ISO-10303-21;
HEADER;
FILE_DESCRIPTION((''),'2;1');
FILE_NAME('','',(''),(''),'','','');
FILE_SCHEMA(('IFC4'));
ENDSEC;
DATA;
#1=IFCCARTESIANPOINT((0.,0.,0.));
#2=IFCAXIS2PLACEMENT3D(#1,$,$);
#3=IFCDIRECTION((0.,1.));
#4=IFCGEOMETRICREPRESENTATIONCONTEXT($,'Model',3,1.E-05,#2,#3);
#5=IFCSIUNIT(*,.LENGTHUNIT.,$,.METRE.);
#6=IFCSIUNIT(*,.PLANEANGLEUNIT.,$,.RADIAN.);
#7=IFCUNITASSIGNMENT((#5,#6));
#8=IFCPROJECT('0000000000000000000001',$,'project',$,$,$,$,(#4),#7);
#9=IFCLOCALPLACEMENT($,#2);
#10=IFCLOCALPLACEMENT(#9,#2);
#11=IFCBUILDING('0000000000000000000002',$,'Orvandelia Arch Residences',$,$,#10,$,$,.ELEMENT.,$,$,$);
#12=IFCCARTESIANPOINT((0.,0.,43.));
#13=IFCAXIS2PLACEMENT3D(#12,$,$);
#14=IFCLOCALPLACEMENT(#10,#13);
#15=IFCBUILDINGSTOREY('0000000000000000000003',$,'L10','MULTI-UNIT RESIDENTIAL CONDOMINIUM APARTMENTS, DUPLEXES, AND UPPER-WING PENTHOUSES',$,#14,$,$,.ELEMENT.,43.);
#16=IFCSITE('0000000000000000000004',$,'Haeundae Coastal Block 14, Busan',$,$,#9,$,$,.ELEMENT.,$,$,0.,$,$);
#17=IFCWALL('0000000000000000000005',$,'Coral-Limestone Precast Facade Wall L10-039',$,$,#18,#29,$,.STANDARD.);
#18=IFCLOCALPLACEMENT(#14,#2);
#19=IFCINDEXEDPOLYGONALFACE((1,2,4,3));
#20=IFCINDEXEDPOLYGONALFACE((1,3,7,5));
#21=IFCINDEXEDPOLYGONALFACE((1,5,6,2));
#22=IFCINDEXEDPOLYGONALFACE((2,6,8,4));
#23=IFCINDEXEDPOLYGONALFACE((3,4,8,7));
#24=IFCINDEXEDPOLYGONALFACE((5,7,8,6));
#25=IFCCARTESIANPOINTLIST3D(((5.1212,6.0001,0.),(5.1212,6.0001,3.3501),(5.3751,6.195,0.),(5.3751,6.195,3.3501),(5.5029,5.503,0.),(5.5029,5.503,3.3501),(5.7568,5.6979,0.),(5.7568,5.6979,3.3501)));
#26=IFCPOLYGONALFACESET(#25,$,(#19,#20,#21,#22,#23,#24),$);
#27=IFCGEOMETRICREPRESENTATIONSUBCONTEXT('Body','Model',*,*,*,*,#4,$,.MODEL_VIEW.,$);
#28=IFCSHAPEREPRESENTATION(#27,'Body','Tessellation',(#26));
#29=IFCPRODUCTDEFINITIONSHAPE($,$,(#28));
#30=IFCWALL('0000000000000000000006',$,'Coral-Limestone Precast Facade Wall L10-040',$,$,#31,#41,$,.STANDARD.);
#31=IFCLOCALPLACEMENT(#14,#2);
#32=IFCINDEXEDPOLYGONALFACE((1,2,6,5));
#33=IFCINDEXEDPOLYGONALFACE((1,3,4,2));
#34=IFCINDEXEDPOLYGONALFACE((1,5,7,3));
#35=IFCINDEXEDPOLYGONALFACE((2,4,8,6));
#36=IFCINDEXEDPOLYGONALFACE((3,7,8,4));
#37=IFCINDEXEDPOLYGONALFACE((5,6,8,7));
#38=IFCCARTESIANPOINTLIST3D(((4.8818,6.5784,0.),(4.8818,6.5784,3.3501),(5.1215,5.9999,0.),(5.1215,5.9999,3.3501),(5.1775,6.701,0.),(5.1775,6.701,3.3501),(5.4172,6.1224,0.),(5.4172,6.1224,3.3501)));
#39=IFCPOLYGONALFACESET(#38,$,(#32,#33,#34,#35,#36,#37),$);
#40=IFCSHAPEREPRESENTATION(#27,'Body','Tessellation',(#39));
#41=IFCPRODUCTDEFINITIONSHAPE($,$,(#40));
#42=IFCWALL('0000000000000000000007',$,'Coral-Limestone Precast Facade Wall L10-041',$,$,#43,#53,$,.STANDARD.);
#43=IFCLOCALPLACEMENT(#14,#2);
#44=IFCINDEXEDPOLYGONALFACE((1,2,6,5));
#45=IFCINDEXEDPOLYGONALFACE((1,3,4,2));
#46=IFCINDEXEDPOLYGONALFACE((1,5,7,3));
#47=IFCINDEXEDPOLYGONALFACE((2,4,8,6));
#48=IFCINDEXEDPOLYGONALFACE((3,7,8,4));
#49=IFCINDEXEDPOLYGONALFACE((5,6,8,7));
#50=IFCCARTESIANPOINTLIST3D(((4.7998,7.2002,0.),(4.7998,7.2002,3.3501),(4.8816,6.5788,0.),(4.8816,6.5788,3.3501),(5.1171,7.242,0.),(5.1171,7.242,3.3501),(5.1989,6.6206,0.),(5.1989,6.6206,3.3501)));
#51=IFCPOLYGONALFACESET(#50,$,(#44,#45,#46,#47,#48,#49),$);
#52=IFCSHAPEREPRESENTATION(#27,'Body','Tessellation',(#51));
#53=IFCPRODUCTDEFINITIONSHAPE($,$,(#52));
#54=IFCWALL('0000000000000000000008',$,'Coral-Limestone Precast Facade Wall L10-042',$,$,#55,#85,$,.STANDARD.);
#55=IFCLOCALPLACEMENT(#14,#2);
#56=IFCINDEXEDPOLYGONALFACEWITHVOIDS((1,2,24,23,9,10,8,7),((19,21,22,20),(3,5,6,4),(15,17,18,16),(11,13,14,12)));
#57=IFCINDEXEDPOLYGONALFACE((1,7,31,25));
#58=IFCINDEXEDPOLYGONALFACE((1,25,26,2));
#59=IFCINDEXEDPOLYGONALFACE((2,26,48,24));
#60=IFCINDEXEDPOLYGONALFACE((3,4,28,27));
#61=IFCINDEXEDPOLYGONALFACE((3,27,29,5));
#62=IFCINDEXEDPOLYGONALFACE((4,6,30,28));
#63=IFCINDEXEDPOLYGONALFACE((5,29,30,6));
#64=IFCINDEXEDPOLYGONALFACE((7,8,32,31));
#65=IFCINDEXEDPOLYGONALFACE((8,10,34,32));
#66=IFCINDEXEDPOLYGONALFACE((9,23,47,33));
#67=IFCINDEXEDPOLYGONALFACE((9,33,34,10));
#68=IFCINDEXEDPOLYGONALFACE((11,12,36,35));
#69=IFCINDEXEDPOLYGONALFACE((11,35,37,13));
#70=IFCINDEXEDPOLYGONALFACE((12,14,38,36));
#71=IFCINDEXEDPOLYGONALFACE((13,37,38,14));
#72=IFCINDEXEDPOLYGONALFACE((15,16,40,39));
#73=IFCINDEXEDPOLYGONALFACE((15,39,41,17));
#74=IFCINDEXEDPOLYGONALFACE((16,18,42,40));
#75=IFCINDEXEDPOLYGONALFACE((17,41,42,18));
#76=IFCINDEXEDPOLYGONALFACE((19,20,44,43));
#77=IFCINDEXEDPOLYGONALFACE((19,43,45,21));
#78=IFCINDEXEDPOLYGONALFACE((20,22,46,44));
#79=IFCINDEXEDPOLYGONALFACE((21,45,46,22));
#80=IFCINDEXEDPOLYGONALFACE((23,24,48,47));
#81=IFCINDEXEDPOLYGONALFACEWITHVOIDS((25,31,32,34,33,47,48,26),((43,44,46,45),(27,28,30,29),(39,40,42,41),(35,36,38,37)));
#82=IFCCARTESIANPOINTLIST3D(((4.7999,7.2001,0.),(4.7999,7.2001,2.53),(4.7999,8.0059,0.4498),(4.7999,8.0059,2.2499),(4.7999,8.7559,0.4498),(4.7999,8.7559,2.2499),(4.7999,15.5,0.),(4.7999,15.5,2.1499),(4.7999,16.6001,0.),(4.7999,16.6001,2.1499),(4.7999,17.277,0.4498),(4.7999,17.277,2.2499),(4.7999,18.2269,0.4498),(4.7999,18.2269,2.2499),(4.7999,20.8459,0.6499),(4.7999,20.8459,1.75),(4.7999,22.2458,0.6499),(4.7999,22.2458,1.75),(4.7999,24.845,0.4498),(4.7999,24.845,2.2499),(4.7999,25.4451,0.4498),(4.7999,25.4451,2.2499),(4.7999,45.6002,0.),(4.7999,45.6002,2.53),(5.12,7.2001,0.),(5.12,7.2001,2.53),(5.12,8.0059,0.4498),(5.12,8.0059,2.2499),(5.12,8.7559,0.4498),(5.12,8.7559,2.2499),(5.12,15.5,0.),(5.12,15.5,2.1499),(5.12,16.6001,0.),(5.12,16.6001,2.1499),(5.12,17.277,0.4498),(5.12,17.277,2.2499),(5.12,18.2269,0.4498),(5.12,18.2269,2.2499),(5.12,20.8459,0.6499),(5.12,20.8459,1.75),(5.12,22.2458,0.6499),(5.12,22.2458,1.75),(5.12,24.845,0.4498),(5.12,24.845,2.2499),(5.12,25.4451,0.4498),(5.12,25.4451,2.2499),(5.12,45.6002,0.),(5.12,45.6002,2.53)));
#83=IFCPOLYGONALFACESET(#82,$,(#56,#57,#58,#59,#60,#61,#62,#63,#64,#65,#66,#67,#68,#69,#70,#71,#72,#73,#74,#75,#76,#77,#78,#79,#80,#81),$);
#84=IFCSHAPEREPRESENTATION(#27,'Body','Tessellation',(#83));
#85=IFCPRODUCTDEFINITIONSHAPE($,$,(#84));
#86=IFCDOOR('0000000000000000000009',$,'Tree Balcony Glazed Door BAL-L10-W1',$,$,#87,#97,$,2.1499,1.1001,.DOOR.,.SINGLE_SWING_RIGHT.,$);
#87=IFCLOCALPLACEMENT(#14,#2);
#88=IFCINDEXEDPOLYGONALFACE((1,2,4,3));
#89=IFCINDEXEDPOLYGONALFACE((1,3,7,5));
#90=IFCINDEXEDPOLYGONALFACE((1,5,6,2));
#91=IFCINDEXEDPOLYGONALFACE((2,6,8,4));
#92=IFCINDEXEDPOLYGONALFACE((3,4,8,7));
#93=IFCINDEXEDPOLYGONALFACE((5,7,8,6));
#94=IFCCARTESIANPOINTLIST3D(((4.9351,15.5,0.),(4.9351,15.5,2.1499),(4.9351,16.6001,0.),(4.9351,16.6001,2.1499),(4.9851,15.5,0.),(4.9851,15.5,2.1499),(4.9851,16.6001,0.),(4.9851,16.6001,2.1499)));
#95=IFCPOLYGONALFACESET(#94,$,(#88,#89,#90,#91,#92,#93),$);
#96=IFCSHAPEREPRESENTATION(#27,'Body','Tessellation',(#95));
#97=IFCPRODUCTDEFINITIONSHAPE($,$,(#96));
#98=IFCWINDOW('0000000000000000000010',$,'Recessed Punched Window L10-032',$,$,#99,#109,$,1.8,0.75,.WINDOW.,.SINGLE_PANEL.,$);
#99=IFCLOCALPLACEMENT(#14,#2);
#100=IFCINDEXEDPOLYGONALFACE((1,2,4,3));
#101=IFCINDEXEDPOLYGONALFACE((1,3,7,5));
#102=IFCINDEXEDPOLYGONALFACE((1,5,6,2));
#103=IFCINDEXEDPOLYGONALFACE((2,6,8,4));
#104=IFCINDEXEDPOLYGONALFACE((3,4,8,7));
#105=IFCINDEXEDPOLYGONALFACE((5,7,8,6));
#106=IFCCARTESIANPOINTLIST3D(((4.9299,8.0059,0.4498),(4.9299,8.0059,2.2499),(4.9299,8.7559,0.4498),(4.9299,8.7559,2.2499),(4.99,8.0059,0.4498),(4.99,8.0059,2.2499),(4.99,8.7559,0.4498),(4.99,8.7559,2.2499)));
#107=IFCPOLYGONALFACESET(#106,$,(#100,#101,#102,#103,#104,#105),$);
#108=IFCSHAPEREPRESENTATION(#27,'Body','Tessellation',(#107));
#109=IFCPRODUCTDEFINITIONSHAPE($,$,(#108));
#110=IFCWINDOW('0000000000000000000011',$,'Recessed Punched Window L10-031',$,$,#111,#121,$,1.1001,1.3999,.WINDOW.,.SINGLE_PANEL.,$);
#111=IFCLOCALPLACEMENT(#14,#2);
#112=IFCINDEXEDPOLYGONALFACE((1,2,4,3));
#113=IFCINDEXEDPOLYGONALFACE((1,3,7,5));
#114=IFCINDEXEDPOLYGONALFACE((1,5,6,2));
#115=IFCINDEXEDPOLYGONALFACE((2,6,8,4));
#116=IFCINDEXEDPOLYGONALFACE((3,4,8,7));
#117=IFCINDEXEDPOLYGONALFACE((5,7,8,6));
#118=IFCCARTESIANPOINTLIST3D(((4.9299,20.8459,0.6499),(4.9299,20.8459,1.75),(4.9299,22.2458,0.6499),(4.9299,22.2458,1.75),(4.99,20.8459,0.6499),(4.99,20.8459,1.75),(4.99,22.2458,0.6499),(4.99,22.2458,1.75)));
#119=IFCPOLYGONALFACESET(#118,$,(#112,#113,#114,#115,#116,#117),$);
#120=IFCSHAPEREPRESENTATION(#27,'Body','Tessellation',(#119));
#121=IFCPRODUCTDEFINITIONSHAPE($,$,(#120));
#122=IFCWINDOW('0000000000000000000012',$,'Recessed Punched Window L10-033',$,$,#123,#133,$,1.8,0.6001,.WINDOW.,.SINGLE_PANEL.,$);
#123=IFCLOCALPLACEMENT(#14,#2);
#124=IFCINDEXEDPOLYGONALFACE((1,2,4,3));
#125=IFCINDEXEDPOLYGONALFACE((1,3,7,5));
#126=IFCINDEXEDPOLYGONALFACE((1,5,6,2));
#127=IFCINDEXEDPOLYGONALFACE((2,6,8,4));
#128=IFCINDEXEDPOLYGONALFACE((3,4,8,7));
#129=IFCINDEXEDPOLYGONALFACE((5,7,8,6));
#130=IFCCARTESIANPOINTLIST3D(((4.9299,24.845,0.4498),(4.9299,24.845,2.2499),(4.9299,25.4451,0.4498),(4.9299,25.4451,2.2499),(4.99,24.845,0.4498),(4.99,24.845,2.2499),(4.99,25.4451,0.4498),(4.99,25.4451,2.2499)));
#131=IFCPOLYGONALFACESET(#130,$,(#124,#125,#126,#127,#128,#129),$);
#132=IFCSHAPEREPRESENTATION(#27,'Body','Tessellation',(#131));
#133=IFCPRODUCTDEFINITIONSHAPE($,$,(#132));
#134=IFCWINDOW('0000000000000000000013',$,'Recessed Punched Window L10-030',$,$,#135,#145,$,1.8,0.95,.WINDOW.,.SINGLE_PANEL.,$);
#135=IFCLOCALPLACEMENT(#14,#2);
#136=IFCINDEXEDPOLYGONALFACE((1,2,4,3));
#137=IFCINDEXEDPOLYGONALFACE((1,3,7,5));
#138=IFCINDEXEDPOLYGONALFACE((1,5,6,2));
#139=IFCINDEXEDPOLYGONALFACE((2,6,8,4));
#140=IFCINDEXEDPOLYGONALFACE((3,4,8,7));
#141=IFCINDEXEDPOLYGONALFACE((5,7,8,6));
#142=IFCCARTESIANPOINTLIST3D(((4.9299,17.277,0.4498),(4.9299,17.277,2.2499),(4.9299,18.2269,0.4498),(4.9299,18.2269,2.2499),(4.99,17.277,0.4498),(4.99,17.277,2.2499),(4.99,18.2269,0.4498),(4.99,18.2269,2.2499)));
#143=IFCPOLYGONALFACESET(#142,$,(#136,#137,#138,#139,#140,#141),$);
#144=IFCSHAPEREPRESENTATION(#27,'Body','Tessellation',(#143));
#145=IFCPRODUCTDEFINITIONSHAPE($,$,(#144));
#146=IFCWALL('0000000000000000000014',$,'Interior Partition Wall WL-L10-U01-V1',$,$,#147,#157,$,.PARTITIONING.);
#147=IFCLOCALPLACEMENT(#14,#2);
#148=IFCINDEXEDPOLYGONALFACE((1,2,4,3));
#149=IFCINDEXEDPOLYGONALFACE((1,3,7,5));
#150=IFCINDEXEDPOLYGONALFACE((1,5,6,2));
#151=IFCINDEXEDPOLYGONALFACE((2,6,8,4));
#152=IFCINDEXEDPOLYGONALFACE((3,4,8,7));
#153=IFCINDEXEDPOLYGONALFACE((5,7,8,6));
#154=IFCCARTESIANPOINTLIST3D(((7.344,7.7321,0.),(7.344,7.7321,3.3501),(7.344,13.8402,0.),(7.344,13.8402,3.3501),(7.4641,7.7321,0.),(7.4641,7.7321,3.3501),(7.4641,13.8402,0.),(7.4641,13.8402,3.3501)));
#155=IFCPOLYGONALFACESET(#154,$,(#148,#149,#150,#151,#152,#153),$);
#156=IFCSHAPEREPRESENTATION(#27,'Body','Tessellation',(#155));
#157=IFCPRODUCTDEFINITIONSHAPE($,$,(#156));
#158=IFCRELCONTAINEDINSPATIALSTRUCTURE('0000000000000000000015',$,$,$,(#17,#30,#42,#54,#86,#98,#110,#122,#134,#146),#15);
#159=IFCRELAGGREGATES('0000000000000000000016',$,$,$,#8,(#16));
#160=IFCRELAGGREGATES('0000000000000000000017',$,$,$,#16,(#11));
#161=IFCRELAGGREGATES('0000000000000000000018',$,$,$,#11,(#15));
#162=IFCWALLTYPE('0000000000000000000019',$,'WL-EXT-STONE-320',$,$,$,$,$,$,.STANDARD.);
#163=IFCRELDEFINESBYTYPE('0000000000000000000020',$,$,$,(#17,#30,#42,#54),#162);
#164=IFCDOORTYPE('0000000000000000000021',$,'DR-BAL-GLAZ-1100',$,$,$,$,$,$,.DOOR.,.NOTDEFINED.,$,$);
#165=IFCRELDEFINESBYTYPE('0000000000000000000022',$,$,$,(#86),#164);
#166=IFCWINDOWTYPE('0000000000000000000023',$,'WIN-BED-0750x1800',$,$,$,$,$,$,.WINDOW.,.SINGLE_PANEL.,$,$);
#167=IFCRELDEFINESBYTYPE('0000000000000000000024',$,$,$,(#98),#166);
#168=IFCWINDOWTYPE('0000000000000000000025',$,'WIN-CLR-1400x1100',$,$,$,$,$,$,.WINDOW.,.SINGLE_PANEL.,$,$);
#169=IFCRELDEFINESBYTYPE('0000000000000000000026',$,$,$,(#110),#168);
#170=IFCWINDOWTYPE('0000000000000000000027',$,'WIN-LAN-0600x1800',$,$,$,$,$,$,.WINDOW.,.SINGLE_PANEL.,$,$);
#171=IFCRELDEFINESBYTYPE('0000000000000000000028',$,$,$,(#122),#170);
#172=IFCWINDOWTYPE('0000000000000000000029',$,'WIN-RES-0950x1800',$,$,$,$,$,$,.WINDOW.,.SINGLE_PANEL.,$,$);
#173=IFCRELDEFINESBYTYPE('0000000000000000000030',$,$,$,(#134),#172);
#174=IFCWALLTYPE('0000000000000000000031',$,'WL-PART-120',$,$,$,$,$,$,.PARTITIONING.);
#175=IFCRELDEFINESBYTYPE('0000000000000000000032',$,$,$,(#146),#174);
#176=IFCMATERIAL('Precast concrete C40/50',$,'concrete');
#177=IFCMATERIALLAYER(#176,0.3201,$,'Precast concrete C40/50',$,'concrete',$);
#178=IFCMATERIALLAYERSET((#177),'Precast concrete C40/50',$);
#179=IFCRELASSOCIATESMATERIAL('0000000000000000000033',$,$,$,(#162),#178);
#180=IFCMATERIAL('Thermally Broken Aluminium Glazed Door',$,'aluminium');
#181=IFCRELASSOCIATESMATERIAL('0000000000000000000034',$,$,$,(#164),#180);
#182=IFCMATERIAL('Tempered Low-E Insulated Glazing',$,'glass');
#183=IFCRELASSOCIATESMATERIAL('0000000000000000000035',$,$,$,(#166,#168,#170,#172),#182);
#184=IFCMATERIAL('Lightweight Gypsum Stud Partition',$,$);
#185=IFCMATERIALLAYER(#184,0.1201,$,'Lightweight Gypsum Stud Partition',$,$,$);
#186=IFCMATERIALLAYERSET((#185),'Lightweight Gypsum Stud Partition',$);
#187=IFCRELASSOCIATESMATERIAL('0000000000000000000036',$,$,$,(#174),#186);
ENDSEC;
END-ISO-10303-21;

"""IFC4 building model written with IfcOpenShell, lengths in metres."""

from ifc_helpers import new_model, si_unit, direction, frame, frame_2d, origin, place, context, subcontext, project, spatial, rectangle, extrude, material, layer, layer_set, type_object, element, fill, save


model = new_model("IFC4")

# Units and contexts
model_context = context("Model", 3, precision=1e-05, world=origin(), true_north=direction((0.0, 1.0)))
body_context = subcontext(model_context, "Body", "Model", "MODEL_VIEW")
ifc_project = project(units=[si_unit("LENGTHUNIT", "METRE"), si_unit("PLANEANGLEUNIT", "RADIAN")], contexts=[model_context])

# Site, building, storey
site_placement = place(None, origin())
site = spatial("IfcSite", under=ifc_project, at=site_placement, Name="Haeundae Coastal Block 14, Busan", CompositionType="ELEMENT", RefElevation=0.0)
building_placement = place(site_placement, origin())
building = spatial("IfcBuilding", under=site, at=building_placement, Name="Orvandelia Arch Residences", CompositionType="ELEMENT")
storey_placement = place(building_placement, frame((0.0, 0.0, 43.0)))
storey = spatial("IfcBuildingStorey", under=building, at=storey_placement, Name="L10", Description="MULTI-UNIT RESIDENTIAL CONDOMINIUM APARTMENTS, DUPLEXES, AND UPPER-WING PENTHOUSES", CompositionType="ELEMENT", Elevation=43.0)

# Shared definitions
ifc_material_1 = material(Name="Precast concrete C40/50", Category="concrete")

# Walls
ifc_layer_1 = layer(ifc_material_1, 0.3201, Name="Precast concrete C40/50", Category="concrete")
ifc_layer_set_1 = layer_set([ifc_layer_1], Name="Precast concrete C40/50")
wall_type_1 = type_object("IfcWallType", Name="WL-EXT-STONE-320", PredefinedType="STANDARD", material=ifc_layer_set_1)
for number, where, z_axis, x_axis, name in (
    (1, (5.6299, 5.6003, 0.0), (0.0, 0.0, 1.0), (-0.608939, 0.793217, 0.0), "Coral-Limestone Precast Facade Wall L10-039"),
):
    element("IfcWall", number, at=place(storey_placement, frame(where, z_axis=z_axis, x_axis=x_axis)), inside=storey, type_object=wall_type_1, Name=name, PredefinedType="STANDARD", context=body_context, shape_type="SweptSolid", body=[
        extrude(rectangle(XDim=0.6267, YDim=0.3201, at=frame_2d((0.3135, 0.0))), origin(), (0.0, 0.0, 1.0), 3.3501),
    ])
wall_1_placement = place(storey_placement, frame((5.2693, 6.0613, 0.0), z_axis=(0.0, 0.0, 1.0), x_axis=(-0.382788, 0.923836, 0.0)))
element("IfcWall", 2, at=wall_1_placement, inside=storey, type_object=wall_type_1, Name="Coral-Limestone Precast Facade Wall L10-040", PredefinedType="STANDARD", context=body_context, shape_type="SweptSolid", body=[
    extrude(rectangle(XDim=0.6262, YDim=0.3201, at=frame_2d((0.313, 0.0))), origin(), (0.0, 0.0, 1.0), 3.3501),
])
wall_2_placement = place(storey_placement, frame((5.0403, 6.5996, 0.0), z_axis=(0.0, 0.0, 1.0), x_axis=(-0.130505, 0.991448, 0.0)))
element("IfcWall", 3, at=wall_2_placement, inside=storey, type_object=wall_type_1, Name="Coral-Limestone Precast Facade Wall L10-041", PredefinedType="STANDARD", context=body_context, shape_type="SweptSolid", body=[
    extrude(rectangle(XDim=0.6267, YDim=0.3201, at=frame_2d((0.3135, 0.0))), origin(), (0.0, 0.0, 1.0), 3.3501),
])

# Wall, openings, door, windows
wall_3_placement = place(storey_placement, frame((4.96, 7.2, 0.0), z_axis=(0.0, 0.0, 1.0), x_axis=(0.0, 1.0, 0.0)))
wall_3 = element("IfcWall", 4, at=wall_3_placement, inside=storey, type_object=wall_type_1, Name="Coral-Limestone Precast Facade Wall L10-042", PredefinedType="STANDARD", context=body_context, shape_type="SweptSolid", body=[
    extrude(rectangle(XDim=38.4001, YDim=0.3201, at=frame_2d((19.2002, 0.0))), origin(), (0.0, 0.0, 1.0), 2.53),
])
opening_1_placement = place(wall_3_placement, frame((8.3, 0.0, 0.0)))
opening_1 = element("IfcOpeningElement", 5, at=opening_1_placement, cuts=wall_3, PredefinedType="OPENING", context=body_context, shape_type="SweptSolid", body=[
    extrude(rectangle(XDim=1.1001, YDim=2.1499, at=frame_2d((0.55, 1.075))), frame((0.0, 0.1699, 0.0), z_axis=(0.0, -1.0, 0.0), x_axis=(1.0, 0.0, 0.0)), (0.0, 0.0, 1.0), 0.3401),
])
opening_2_placement = place(wall_3_placement, frame((10.0769, 0.0, 0.45)))
opening_2 = element("IfcOpeningElement", 6, at=opening_2_placement, cuts=wall_3, PredefinedType="OPENING", context=body_context, shape_type="SweptSolid", body=[
    extrude(rectangle(XDim=0.95, YDim=1.8, at=frame_2d((0.4751, 0.8999))), frame((0.0, 0.1699, 0.0), z_axis=(0.0, -1.0, 0.0), x_axis=(1.0, 0.0, 0.0)), (0.0, 0.0, 1.0), 0.3401),
])
opening_3_placement = place(wall_3_placement, frame((13.646, 0.0, 0.6499)))
opening_3 = element("IfcOpeningElement", 7, at=opening_3_placement, cuts=wall_3, PredefinedType="OPENING", context=body_context, shape_type="SweptSolid", body=[
    extrude(rectangle(XDim=1.3999, YDim=1.1001, at=frame_2d((0.7, 0.55))), frame((0.0, 0.1699, 0.0), z_axis=(0.0, -1.0, 0.0), x_axis=(1.0, 0.0, 0.0)), (0.0, 0.0, 1.0), 0.3401),
])
opening_4_placement = place(wall_3_placement, frame((0.8059, 0.0, 0.45)))
opening_4 = element("IfcOpeningElement", 8, at=opening_4_placement, cuts=wall_3, PredefinedType="OPENING", context=body_context, shape_type="SweptSolid", body=[
    extrude(rectangle(XDim=0.75, YDim=1.8, at=frame_2d((0.375, 0.8999))), frame((0.0, 0.1699, 0.0), z_axis=(0.0, -1.0, 0.0), x_axis=(1.0, 0.0, 0.0)), (0.0, 0.0, 1.0), 0.3401),
])
opening_5_placement = place(wall_3_placement, frame((17.645, 0.0, 0.45)))
opening_5 = element("IfcOpeningElement", 9, at=opening_5_placement, cuts=wall_3, PredefinedType="OPENING", context=body_context, shape_type="SweptSolid", body=[
    extrude(rectangle(XDim=0.6001, YDim=1.8, at=frame_2d((0.3, 0.8999))), frame((0.0, 0.1699, 0.0), z_axis=(0.0, -1.0, 0.0), x_axis=(1.0, 0.0, 0.0)), (0.0, 0.0, 1.0), 0.3401),
])
ifc_material_2 = material(Name="Thermally Broken Aluminium Glazed Door", Category="aluminium")
door_type_1 = type_object("IfcDoorType", Name="DR-BAL-GLAZ-1100", OperationType="NOTDEFINED", PredefinedType="DOOR", material=ifc_material_2)
door_1_placement = place(opening_1_placement, origin())
door_1 = element("IfcDoor", 10, at=door_1_placement, inside=storey, type_object=door_type_1, Name="Tree Balcony Glazed Door BAL-L10-W1", OperationType="SINGLE_SWING_RIGHT", OverallHeight=2.1499, OverallWidth=1.1001, PredefinedType="DOOR", context=body_context, shape_type="SweptSolid", body=[
    extrude(rectangle(XDim=1.1001, YDim=2.1499, at=frame_2d((0.55, 1.075))), frame((0.0, 0.0249, 0.0), z_axis=(0.0, -1.0, 0.0), x_axis=(1.0, 0.0, 0.0)), (0.0, 0.0, 1.0), 0.05),
])
fill(opening_1, door_1)
ifc_material_3 = material(Name="Tempered Low-E Insulated Glazing", Category="glass")
window_type_1 = type_object("IfcWindowType", Name="WIN-BED-0750x1800", PartitioningType="SINGLE_PANEL", PredefinedType="WINDOW", material=ifc_material_3)
window_1_placement = place(opening_4_placement, origin())
window_1 = element("IfcWindow", 11, at=window_1_placement, inside=storey, type_object=window_type_1, Name="Recessed Punched Window L10-032", OverallHeight=1.8, OverallWidth=0.75, PartitioningType="SINGLE_PANEL", PredefinedType="WINDOW", context=body_context, shape_type="SweptSolid", body=[
    extrude(rectangle(XDim=0.75, YDim=1.8, at=frame_2d((0.375, 0.8999))), frame((0.0, 0.03, 0.0), z_axis=(0.0, -1.0, 0.0), x_axis=(1.0, 0.0, 0.0)), (0.0, 0.0, 1.0), 0.0601),
])
fill(opening_4, window_1)
window_type_2 = type_object("IfcWindowType", Name="WIN-CLR-1400x1100", PartitioningType="SINGLE_PANEL", PredefinedType="WINDOW", material=ifc_material_3)
window_2_placement = place(opening_3_placement, origin())
window_2 = element("IfcWindow", 12, at=window_2_placement, inside=storey, type_object=window_type_2, Name="Recessed Punched Window L10-031", OverallHeight=1.1001, OverallWidth=1.3999, PartitioningType="SINGLE_PANEL", PredefinedType="WINDOW", context=body_context, shape_type="SweptSolid", body=[
    extrude(rectangle(XDim=1.3999, YDim=1.1001, at=frame_2d((0.7, 0.55))), frame((0.0, 0.03, 0.0), z_axis=(0.0, -1.0, 0.0), x_axis=(1.0, 0.0, 0.0)), (0.0, 0.0, 1.0), 0.0601),
])
fill(opening_3, window_2)
window_type_3 = type_object("IfcWindowType", Name="WIN-LAN-0600x1800", PartitioningType="SINGLE_PANEL", PredefinedType="WINDOW", material=ifc_material_3)
window_3_placement = place(opening_5_placement, origin())
window_3 = element("IfcWindow", 13, at=window_3_placement, inside=storey, type_object=window_type_3, Name="Recessed Punched Window L10-033", OverallHeight=1.8, OverallWidth=0.6001, PartitioningType="SINGLE_PANEL", PredefinedType="WINDOW", context=body_context, shape_type="SweptSolid", body=[
    extrude(rectangle(XDim=0.6001, YDim=1.8, at=frame_2d((0.3, 0.8999))), frame((0.0, 0.03, 0.0), z_axis=(0.0, -1.0, 0.0), x_axis=(1.0, 0.0, 0.0)), (0.0, 0.0, 1.0), 0.0601),
])
fill(opening_5, window_3)
window_type_4 = type_object("IfcWindowType", Name="WIN-RES-0950x1800", PartitioningType="SINGLE_PANEL", PredefinedType="WINDOW", material=ifc_material_3)
window_4_placement = place(opening_2_placement, origin())
window_4 = element("IfcWindow", 14, at=window_4_placement, inside=storey, type_object=window_type_4, Name="Recessed Punched Window L10-030", OverallHeight=1.8, OverallWidth=0.95, PartitioningType="SINGLE_PANEL", PredefinedType="WINDOW", context=body_context, shape_type="SweptSolid", body=[
    extrude(rectangle(XDim=0.95, YDim=1.8, at=frame_2d((0.4751, 0.8999))), frame((0.0, 0.03, 0.0), z_axis=(0.0, -1.0, 0.0), x_axis=(1.0, 0.0, 0.0)), (0.0, 0.0, 1.0), 0.0601),
])
fill(opening_2, window_4)

# Wall
ifc_material_4 = material(Name="Lightweight Gypsum Stud Partition")
ifc_layer_2 = layer(ifc_material_4, 0.1201, Name="Lightweight Gypsum Stud Partition")
ifc_layer_set_2 = layer_set([ifc_layer_2], Name="Lightweight Gypsum Stud Partition")
wall_type_2 = type_object("IfcWallType", Name="WL-PART-120", PredefinedType="PARTITIONING", material=ifc_layer_set_2)
wall_4_placement = place(storey_placement, frame((7.4041, 7.7319, 0.0), z_axis=(0.0, 0.0, 1.0), x_axis=(0.0, 1.0, 0.0)))
element("IfcWall", 15, at=wall_4_placement, inside=storey, type_object=wall_type_2, Name="Interior Partition Wall WL-L10-U01-V1", PredefinedType="PARTITIONING", context=body_context, shape_type="SweptSolid", body=[
    extrude(rectangle(XDim=6.1082, YDim=0.1201, at=frame_2d((3.0542, 0.0))), origin(), (0.0, 0.0, 1.0), 3.3501),
])

save(model, "model.ifc")
